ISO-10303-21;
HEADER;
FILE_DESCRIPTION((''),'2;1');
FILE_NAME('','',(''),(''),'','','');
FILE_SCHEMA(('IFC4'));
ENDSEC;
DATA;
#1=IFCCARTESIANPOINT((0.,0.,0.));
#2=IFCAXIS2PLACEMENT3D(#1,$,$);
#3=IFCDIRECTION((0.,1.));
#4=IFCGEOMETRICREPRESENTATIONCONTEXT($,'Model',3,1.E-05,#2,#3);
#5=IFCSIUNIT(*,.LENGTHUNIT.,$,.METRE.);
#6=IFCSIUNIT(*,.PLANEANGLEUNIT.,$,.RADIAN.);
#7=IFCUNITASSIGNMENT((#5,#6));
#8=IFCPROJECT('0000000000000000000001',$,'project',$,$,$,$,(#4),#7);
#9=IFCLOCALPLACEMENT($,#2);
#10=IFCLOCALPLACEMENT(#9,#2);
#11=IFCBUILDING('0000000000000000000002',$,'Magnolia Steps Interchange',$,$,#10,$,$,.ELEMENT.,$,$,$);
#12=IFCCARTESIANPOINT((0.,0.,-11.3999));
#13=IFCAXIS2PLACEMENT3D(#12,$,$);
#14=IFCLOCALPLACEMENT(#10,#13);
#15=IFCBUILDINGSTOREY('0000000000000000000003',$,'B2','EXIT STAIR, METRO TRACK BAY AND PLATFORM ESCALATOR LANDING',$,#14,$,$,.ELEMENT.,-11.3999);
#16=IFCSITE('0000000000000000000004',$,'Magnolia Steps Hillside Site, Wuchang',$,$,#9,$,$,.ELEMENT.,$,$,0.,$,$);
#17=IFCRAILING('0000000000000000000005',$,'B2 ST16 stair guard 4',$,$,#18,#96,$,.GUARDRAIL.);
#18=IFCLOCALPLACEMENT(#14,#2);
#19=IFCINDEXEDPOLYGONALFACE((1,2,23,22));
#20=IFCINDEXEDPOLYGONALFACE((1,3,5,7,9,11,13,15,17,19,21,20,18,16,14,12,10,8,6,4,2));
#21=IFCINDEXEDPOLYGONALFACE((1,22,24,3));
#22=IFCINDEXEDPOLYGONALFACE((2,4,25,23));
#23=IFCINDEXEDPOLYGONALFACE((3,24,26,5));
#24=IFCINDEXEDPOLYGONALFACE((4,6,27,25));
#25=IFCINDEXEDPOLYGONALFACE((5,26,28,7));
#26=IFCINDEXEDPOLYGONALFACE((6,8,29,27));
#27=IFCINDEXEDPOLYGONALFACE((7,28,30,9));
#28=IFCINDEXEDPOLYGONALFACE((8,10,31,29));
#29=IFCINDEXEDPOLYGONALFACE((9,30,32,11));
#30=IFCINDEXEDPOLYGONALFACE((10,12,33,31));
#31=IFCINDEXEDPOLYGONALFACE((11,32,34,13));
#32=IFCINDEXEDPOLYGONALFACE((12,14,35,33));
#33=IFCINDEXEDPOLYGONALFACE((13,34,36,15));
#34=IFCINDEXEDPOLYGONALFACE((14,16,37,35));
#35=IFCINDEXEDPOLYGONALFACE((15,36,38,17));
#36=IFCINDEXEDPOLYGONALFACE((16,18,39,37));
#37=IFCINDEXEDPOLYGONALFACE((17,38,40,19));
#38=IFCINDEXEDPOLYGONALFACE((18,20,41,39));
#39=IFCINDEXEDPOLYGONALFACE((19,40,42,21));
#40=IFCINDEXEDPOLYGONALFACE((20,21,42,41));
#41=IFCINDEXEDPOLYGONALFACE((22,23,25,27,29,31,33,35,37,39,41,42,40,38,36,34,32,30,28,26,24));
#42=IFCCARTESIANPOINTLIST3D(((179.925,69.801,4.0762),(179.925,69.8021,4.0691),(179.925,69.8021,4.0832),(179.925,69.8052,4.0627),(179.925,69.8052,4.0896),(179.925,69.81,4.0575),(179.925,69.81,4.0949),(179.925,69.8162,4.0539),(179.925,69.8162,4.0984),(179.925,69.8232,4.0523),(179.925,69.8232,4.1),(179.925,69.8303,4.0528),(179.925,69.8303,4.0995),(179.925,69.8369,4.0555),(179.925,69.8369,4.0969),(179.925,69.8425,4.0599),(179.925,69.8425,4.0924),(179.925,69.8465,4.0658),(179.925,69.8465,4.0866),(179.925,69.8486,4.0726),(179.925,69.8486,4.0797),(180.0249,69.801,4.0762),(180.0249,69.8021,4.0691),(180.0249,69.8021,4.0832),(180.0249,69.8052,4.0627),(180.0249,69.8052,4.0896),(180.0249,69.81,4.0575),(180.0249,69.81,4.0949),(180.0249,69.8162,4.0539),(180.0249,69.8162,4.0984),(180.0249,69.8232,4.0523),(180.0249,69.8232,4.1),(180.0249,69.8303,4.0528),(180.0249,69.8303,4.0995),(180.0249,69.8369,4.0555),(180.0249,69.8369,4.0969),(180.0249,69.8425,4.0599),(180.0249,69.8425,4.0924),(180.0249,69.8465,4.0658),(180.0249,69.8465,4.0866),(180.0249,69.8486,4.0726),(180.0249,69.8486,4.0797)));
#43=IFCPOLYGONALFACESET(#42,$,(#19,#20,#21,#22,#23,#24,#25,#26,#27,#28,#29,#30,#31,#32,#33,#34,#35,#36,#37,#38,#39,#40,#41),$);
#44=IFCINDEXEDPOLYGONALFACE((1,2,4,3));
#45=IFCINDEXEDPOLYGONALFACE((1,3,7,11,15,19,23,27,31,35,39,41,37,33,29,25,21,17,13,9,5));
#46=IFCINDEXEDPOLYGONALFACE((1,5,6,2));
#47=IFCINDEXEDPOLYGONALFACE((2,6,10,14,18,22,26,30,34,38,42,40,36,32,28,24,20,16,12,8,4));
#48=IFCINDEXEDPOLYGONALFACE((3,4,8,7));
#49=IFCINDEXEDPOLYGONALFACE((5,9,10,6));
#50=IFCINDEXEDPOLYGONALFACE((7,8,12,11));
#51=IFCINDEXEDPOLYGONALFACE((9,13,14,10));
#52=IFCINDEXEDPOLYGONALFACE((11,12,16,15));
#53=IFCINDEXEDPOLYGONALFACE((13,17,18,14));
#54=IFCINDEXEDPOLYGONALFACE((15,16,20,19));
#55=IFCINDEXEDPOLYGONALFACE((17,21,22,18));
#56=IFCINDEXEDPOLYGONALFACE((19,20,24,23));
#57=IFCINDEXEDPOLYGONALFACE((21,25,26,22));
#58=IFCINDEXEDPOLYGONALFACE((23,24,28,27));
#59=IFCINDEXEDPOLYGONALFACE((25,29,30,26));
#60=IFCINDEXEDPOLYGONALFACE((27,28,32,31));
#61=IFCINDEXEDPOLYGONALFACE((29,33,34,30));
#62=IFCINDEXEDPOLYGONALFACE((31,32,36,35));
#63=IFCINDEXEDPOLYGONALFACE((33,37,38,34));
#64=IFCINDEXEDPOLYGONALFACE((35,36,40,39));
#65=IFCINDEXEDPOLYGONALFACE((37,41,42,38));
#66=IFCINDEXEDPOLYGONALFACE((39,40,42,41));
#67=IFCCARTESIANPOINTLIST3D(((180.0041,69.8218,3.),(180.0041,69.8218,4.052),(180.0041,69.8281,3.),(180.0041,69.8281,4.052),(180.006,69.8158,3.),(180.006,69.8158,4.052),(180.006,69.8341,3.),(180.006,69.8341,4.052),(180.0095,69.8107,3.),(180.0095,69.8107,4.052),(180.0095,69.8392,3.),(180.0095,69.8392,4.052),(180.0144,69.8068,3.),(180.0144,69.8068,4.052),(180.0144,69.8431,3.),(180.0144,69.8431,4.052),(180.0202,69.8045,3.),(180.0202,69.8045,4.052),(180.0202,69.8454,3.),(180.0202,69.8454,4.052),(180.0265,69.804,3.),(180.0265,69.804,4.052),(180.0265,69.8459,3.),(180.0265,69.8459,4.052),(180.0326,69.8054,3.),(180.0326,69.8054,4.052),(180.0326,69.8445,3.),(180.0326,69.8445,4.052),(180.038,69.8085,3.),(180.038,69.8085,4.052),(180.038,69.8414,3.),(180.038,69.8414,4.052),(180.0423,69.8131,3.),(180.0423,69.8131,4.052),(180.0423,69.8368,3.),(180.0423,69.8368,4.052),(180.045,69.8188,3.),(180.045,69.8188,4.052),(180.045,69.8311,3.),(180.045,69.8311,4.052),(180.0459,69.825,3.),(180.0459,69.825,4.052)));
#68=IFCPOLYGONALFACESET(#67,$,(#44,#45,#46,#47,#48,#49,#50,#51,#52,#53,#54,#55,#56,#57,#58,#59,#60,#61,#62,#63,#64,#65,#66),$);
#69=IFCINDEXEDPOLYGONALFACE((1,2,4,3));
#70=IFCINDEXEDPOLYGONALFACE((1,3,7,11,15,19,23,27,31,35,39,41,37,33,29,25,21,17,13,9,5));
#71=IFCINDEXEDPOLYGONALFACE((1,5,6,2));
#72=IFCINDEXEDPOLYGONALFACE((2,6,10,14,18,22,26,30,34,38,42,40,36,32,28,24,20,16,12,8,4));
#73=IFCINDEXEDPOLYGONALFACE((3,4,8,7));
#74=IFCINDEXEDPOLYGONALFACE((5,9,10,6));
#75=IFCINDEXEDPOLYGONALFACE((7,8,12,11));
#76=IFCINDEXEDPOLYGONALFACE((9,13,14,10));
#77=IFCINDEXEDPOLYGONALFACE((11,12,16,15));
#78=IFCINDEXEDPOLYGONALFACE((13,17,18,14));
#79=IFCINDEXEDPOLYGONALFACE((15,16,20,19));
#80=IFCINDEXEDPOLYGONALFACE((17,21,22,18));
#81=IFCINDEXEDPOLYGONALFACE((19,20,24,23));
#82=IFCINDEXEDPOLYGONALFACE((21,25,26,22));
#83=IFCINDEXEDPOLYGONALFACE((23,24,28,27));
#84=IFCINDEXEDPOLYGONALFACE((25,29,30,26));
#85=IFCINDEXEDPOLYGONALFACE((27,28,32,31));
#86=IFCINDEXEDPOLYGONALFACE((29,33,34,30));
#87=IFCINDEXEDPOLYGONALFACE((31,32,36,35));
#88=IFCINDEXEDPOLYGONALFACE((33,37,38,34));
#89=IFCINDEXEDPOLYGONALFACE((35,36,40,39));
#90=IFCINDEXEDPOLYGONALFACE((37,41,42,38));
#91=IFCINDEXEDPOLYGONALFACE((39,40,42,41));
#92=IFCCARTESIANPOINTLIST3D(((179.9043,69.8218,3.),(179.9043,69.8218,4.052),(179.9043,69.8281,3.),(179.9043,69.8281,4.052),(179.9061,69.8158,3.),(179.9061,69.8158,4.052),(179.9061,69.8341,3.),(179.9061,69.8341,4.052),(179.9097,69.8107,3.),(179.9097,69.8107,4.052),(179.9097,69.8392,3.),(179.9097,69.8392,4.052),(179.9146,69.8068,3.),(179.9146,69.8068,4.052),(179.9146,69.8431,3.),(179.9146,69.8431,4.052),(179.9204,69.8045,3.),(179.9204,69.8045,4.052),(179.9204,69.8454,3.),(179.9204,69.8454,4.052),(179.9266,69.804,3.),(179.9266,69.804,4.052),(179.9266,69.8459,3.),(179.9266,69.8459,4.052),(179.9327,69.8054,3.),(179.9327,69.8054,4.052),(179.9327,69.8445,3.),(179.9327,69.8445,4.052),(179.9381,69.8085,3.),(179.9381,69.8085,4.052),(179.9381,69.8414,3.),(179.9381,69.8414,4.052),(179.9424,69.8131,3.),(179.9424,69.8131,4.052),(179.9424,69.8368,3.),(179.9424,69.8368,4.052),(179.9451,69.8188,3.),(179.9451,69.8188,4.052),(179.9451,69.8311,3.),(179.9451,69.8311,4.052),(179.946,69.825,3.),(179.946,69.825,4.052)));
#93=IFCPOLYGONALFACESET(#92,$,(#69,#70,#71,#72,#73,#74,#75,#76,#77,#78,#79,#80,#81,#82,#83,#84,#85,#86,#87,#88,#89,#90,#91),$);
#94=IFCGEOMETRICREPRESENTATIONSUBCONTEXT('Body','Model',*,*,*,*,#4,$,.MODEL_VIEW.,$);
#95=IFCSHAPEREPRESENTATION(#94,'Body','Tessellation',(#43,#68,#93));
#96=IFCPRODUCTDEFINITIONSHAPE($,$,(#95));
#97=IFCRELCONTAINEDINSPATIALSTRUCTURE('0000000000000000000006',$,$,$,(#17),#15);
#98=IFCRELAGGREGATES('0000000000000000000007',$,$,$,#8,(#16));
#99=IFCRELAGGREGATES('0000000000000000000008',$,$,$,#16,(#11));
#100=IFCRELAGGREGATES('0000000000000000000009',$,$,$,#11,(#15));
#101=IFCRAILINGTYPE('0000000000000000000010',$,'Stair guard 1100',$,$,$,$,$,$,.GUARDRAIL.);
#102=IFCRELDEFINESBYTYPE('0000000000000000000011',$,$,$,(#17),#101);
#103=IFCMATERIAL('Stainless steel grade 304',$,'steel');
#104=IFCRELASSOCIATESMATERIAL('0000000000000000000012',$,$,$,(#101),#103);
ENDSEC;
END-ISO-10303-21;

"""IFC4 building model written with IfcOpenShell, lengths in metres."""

from ifc_helpers import new_model, si_unit, direction, frame, origin, origin_2d, place, context, subcontext, project, spatial, circle, extrude, material, type_object, element, save


model = new_model("IFC4")

# Units and contexts
model_context = context("Model", 3, precision=1e-05, world=origin(), true_north=direction((0.0, 1.0)))
body_context = subcontext(model_context, "Body", "Model", "MODEL_VIEW")
ifc_project = project(units=[si_unit("LENGTHUNIT", "METRE"), si_unit("PLANEANGLEUNIT", "RADIAN")], contexts=[model_context])

# Site, building, storey
site_placement = place(None, origin())
site = spatial("IfcSite", under=ifc_project, at=site_placement, Name="Magnolia Steps Hillside Site, Wuchang", CompositionType="ELEMENT", RefElevation=0.0)
building_placement = place(site_placement, origin())
building = spatial("IfcBuilding", under=site, at=building_placement, Name="Magnolia Steps Interchange", CompositionType="ELEMENT")
storey_placement = place(building_placement, frame((0.0, 0.0, -11.3999)))
storey = spatial("IfcBuildingStorey", under=building, at=storey_placement, Name="B2", Description="EXIT STAIR, METRO TRACK BAY AND PLATFORM ESCALATOR LANDING", CompositionType="ELEMENT", Elevation=-11.3999)

# Railing
ifc_material_1 = material(Name="Stainless steel grade 304", Category="steel")
railing_type_1 = type_object("IfcRailingType", Name="Stair guard 1100", PredefinedType="GUARDRAIL", material=ifc_material_1)
railing_1_placement = place(storey_placement, frame((180.0249, 69.825, 3.0)))
element("IfcRailing", 1, at=railing_1_placement, inside=storey, type_object=railing_type_1, Name="B2 ST16 stair guard 4", PredefinedType="GUARDRAIL", context=body_context, shape_type="SweptSolid", body=[
    extrude(circle(Radius=0.0239, at=origin_2d()), frame((0.0, 0.0, 1.0762), z_axis=(-1.0, 0.0, 0.0), x_axis=(0.0, -1.0, 0.0)), (0.0, 0.0, 1.0), 0.0999),
    extrude(circle(Radius=0.021, at=origin_2d()), origin(), (0.0, 0.0, 1.0), 1.052),
    extrude(circle(Radius=0.021, at=origin_2d()), frame((-0.0999, 0.0, 0.0)), (0.0, 0.0, 1.0), 1.052),
])

save(model, "model.ifc")
